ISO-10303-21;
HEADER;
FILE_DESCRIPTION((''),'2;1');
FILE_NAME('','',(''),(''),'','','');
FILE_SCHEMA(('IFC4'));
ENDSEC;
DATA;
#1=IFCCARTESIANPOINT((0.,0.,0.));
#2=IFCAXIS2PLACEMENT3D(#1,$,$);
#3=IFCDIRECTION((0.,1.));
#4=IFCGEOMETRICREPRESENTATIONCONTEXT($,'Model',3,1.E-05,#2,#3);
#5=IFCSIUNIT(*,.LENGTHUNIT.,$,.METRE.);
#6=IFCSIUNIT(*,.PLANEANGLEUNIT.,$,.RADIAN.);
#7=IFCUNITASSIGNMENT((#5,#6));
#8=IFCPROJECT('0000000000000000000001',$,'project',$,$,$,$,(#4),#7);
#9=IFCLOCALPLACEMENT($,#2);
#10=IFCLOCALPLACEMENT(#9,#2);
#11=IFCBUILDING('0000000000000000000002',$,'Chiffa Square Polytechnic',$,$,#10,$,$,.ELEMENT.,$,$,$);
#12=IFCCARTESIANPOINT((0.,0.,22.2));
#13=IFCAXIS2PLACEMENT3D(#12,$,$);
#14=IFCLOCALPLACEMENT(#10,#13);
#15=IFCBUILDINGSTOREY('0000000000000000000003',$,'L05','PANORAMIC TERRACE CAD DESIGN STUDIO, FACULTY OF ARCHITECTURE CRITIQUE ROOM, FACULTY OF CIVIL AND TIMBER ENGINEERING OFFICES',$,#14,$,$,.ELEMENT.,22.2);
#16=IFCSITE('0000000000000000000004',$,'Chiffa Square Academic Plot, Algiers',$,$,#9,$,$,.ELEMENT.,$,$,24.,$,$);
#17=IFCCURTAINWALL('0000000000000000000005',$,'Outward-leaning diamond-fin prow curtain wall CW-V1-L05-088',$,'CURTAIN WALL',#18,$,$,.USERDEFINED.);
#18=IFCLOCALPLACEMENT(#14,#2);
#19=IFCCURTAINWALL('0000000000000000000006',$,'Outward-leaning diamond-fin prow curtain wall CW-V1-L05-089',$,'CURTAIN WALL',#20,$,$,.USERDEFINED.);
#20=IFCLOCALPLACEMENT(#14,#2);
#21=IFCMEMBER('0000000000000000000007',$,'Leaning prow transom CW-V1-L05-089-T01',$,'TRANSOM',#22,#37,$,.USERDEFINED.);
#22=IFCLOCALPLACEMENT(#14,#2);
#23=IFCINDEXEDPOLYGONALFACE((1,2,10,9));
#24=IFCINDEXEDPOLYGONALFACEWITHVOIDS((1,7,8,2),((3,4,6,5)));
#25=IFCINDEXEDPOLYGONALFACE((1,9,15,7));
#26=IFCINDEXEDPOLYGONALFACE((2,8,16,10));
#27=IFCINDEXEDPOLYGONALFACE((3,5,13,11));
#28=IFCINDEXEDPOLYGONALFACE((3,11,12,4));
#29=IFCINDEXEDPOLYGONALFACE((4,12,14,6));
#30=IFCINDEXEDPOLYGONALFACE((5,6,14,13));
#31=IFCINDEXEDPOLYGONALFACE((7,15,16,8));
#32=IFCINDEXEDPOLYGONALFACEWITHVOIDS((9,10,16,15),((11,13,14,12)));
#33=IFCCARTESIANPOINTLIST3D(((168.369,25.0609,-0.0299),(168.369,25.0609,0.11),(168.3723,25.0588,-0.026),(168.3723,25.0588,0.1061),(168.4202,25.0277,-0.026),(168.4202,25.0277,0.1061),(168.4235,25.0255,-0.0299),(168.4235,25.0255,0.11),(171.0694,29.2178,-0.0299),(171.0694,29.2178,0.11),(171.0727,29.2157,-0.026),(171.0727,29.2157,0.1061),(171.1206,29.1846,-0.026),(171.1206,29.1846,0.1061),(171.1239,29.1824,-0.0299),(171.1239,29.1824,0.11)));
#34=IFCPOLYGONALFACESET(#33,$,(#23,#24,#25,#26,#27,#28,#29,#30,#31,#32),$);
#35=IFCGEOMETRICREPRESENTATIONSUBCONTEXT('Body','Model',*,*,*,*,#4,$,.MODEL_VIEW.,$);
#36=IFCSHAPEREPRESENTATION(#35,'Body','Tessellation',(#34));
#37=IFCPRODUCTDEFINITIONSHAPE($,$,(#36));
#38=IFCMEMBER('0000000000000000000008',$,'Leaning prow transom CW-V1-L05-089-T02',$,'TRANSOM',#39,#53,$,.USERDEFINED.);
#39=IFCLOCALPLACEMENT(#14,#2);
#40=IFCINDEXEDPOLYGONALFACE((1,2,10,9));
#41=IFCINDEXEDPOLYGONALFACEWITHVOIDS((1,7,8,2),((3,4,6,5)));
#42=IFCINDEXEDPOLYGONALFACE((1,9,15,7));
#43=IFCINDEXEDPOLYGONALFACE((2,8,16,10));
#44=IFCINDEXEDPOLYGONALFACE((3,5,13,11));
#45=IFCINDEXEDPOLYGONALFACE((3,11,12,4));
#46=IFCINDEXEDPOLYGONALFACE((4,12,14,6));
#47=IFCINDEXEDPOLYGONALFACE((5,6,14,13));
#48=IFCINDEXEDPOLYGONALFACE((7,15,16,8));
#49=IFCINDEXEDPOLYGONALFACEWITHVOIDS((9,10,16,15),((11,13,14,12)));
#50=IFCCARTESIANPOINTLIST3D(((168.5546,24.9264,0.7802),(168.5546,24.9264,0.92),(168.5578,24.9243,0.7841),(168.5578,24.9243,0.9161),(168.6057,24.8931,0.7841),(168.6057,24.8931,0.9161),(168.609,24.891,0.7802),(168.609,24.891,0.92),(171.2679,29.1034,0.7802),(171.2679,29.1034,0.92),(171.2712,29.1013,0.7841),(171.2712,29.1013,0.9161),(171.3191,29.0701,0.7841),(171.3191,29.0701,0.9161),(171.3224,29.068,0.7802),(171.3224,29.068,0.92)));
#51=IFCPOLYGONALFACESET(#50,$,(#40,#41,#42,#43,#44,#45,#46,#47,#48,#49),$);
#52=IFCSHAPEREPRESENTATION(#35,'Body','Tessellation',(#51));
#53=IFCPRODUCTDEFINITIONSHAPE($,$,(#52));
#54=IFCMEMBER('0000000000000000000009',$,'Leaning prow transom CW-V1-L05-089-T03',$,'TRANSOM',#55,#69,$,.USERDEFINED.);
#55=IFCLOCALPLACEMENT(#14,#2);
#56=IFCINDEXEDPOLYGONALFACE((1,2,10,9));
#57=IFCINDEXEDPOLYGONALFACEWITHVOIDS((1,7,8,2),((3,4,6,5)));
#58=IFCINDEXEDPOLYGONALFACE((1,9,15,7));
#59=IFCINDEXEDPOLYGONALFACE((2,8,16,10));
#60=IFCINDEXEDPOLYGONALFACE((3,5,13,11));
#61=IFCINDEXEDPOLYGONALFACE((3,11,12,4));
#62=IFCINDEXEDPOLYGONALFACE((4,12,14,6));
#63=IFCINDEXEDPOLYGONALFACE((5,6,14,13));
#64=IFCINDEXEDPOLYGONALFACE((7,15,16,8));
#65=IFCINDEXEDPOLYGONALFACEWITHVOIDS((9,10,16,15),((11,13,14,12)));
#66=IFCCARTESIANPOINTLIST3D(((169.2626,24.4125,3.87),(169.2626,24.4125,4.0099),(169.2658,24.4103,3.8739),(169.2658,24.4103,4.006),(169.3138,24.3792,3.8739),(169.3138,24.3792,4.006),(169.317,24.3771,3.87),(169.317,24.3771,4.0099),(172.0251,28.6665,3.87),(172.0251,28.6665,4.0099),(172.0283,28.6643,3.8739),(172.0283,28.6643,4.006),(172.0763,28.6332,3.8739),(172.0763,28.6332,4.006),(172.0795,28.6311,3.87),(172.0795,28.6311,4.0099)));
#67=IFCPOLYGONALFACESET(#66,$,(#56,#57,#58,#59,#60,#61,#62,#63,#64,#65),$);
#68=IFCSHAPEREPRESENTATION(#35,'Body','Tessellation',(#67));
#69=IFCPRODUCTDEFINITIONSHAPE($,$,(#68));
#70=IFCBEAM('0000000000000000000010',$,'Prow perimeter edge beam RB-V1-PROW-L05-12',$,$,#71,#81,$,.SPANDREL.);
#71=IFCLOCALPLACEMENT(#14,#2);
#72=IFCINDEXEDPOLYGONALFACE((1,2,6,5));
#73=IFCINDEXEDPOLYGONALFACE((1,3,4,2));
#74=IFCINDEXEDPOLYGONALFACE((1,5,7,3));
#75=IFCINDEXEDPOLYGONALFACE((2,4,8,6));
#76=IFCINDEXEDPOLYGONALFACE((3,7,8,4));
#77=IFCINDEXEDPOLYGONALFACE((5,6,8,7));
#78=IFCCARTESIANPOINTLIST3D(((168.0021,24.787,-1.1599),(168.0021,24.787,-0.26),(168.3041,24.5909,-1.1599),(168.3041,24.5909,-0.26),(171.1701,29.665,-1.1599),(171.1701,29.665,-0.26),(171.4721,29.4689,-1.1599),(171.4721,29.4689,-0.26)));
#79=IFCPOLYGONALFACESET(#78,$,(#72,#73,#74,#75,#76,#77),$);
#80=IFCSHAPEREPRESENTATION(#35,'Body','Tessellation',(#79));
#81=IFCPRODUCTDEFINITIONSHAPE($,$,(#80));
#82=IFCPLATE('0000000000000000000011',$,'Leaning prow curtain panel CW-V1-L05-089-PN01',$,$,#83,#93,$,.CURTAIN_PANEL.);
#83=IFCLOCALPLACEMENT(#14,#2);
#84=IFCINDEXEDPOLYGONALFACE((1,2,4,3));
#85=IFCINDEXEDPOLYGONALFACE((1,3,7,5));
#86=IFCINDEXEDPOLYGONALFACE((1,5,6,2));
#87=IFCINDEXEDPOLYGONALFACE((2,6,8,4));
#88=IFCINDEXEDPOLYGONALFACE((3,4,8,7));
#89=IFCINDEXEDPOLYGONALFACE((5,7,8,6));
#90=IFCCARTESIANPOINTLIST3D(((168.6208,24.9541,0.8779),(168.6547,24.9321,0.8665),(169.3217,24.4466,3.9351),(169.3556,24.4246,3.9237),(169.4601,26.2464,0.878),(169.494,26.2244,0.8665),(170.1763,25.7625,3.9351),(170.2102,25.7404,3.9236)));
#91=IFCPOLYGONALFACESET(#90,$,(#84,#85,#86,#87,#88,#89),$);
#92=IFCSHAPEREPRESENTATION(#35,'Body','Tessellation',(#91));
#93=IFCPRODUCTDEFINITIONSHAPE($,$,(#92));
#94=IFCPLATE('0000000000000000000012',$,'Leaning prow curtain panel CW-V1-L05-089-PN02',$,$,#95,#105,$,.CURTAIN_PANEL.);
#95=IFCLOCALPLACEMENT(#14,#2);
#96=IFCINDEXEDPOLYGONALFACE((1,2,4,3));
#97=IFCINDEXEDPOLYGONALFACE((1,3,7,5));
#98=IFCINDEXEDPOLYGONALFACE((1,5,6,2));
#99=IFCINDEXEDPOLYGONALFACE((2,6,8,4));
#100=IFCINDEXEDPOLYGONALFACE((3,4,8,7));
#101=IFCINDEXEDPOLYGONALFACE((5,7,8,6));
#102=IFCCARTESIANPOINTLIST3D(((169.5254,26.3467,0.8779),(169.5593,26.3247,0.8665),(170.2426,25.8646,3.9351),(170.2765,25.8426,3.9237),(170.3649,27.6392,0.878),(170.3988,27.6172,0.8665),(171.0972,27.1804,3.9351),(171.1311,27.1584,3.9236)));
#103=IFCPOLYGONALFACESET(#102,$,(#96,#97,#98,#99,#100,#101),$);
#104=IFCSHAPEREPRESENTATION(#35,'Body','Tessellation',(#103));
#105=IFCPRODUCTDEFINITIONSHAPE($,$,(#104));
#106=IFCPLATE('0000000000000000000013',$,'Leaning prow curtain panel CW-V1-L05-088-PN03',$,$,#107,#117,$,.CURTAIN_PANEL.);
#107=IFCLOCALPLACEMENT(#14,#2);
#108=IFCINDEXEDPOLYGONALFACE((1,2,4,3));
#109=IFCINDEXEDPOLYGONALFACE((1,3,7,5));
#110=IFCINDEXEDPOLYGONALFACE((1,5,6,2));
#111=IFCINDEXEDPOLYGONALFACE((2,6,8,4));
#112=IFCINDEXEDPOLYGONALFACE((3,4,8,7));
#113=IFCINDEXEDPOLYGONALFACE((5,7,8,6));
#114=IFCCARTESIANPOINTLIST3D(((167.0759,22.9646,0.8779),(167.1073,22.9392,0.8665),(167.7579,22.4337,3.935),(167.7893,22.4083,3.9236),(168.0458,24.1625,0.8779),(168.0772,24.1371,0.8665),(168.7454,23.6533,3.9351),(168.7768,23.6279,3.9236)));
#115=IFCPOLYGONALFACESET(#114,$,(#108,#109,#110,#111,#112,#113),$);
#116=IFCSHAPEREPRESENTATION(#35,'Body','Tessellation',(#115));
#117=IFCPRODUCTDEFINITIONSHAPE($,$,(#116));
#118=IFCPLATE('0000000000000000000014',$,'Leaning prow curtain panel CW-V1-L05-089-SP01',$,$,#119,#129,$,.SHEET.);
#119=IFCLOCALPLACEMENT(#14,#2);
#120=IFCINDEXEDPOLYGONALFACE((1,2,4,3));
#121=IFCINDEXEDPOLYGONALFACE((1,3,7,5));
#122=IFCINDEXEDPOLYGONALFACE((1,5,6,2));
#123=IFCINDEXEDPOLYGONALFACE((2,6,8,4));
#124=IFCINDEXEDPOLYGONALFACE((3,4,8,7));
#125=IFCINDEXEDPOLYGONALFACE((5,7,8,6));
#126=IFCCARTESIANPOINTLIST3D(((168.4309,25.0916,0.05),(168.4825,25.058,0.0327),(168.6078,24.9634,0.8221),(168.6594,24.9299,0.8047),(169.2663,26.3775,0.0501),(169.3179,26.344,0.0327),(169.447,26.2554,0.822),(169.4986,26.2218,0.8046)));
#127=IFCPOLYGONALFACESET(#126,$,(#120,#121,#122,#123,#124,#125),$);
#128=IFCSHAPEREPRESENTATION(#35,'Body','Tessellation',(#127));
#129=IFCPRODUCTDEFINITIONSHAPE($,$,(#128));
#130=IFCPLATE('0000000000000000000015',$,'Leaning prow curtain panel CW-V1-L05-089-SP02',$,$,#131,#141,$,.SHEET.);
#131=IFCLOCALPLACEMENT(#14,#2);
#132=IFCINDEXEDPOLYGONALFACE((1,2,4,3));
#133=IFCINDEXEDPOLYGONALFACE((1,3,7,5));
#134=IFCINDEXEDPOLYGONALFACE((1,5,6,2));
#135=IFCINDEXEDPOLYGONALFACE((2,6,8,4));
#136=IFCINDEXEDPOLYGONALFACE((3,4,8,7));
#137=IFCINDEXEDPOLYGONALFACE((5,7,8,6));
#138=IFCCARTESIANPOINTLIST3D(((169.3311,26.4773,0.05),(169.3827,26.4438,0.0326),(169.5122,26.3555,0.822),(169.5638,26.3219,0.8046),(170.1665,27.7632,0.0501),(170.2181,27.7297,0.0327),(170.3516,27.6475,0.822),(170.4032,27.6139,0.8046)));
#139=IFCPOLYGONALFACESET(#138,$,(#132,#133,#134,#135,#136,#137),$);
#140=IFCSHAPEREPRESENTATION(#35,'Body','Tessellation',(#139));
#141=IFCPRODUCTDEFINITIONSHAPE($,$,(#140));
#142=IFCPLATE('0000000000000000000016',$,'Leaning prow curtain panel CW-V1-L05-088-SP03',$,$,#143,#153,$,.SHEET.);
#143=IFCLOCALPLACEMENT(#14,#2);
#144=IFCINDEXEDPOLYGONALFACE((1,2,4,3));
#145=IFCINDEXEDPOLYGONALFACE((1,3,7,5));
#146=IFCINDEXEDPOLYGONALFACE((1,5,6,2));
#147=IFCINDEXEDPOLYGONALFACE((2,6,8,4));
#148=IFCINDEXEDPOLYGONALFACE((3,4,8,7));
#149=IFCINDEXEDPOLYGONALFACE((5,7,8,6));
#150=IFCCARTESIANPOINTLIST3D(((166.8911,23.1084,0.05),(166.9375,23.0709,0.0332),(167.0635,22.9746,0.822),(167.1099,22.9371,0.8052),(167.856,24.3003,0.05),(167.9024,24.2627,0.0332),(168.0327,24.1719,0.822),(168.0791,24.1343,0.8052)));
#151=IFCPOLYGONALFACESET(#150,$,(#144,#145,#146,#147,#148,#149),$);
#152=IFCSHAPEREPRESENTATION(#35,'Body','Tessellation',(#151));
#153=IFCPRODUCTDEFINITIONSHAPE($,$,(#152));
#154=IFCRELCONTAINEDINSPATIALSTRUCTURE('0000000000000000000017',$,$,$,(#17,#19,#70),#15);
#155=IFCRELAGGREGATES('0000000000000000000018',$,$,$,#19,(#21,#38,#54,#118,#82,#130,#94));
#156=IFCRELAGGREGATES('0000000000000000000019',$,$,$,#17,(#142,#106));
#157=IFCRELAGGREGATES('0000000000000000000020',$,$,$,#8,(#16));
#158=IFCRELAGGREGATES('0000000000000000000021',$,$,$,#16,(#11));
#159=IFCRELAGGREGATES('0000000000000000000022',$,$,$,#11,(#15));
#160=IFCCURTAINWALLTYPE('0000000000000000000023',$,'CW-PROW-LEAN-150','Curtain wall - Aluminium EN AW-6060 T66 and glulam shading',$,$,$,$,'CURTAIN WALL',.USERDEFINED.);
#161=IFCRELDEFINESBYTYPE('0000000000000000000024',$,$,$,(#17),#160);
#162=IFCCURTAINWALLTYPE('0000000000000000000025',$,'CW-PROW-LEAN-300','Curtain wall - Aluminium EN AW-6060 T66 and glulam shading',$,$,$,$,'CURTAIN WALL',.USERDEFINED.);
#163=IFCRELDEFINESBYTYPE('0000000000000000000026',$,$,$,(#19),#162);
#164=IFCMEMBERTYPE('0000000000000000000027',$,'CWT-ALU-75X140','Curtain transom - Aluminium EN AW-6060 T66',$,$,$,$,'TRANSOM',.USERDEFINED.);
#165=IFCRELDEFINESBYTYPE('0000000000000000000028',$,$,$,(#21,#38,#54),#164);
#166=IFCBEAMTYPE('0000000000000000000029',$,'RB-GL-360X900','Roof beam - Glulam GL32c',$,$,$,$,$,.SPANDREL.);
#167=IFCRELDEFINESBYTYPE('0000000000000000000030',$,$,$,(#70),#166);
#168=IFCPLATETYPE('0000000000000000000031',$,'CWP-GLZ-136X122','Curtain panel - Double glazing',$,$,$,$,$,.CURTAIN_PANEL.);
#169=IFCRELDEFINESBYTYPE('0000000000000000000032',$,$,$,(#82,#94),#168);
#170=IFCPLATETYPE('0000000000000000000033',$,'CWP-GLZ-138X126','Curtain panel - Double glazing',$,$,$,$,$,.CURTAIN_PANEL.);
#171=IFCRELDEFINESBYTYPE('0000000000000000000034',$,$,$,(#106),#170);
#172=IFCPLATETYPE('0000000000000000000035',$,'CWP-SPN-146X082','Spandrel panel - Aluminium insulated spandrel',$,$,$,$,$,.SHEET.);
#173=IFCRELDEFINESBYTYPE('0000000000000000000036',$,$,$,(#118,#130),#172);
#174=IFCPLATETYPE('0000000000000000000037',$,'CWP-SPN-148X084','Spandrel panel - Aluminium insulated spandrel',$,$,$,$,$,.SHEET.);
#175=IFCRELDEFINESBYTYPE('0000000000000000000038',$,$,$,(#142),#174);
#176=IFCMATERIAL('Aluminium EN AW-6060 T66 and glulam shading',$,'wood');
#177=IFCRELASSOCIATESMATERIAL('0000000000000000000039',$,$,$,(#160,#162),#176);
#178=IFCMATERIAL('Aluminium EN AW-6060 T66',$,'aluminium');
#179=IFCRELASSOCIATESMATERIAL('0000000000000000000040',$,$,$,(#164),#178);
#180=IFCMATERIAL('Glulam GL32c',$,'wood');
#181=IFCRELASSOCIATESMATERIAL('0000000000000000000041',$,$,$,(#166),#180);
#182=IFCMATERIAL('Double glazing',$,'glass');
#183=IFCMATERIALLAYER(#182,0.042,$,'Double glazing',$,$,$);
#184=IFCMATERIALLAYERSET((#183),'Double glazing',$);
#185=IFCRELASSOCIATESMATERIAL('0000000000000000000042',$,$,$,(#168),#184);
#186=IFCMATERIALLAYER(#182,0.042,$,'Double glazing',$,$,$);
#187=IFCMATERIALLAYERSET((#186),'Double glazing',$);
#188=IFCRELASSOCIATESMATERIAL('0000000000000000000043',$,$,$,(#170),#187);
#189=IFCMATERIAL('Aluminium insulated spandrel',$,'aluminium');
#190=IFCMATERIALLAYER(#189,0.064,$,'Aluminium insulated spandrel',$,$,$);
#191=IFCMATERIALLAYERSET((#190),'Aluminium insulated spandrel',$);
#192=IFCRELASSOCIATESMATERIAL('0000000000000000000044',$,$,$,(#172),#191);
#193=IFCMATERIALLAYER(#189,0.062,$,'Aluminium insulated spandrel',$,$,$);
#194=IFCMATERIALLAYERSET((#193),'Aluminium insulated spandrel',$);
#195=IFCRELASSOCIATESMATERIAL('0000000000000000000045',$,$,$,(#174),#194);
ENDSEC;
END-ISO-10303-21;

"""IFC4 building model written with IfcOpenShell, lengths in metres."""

from ifc_helpers import new_model, si_unit, direction, frame, origin, origin_2d, place, context, subcontext, project, spatial, polyline, rectangle, hollow_rectangle, outline, extrude, material, layer, layer_set, material_profile, profile_set, type_object, element, aggregate, save


model = new_model("IFC4")

# Units and contexts
model_context = context("Model", 3, precision=1e-05, world=origin(), true_north=direction((0.0, 1.0)))
body_context = subcontext(model_context, "Body", "Model", "MODEL_VIEW")
ifc_project = project(units=[si_unit("LENGTHUNIT", "METRE"), si_unit("PLANEANGLEUNIT", "RADIAN")], contexts=[model_context])

# Site, building, storey
site_placement = place(None, origin())
site = spatial("IfcSite", under=ifc_project, at=site_placement, Name="Chiffa Square Academic Plot, Algiers", CompositionType="ELEMENT", RefElevation=24.0)
building_placement = place(site_placement, origin())
building = spatial("IfcBuilding", under=site, at=building_placement, Name="Chiffa Square Polytechnic", CompositionType="ELEMENT")
storey_placement = place(building_placement, frame((0.0, 0.0, 22.2)))
storey = spatial("IfcBuildingStorey", under=building, at=storey_placement, Name="L05", Description="PANORAMIC TERRACE CAD DESIGN STUDIO, FACULTY OF ARCHITECTURE CRITIQUE ROOM, FACULTY OF CIVIL AND TIMBER ENGINEERING OFFICES", CompositionType="ELEMENT", Elevation=22.2)

# Shared definitions
ifc_material_1 = material(Name="Glulam GL32c", Category="wood")

# Curtain walls
ifc_material_2 = material(Name="Aluminium EN AW-6060 T66 and glulam shading", Category="wood")
curtain_wall_type_1 = type_object("IfcCurtainWallType", Name="CW-PROW-LEAN-150", Description="Curtain wall - Aluminium EN AW-6060 T66 and glulam shading", ElementType="CURTAIN WALL", PredefinedType="USERDEFINED", material=ifc_material_2)
curtain_wall_1_placement = place(storey_placement, origin())
curtain_wall_1 = element("IfcCurtainWall", 1, at=curtain_wall_1_placement, inside=storey, type_object=curtain_wall_type_1, Name="Outward-leaning diamond-fin prow curtain wall CW-V1-L05-088", ObjectType="CURTAIN WALL", PredefinedType="USERDEFINED")
ifc_material_3 = material(Name="Aluminium EN AW-6060 T66", Category="aluminium")
curtain_wall_type_2 = type_object("IfcCurtainWallType", Name="CW-PROW-LEAN-300", Description="Curtain wall - Aluminium EN AW-6060 T66 and glulam shading", ElementType="CURTAIN WALL", PredefinedType="USERDEFINED", material=ifc_material_2)
curtain_wall_2_placement = place(storey_placement, origin())
curtain_wall_2 = element("IfcCurtainWall", 2, at=curtain_wall_2_placement, inside=storey, type_object=curtain_wall_type_2, Name="Outward-leaning diamond-fin prow curtain wall CW-V1-L05-089", ObjectType="CURTAIN WALL", PredefinedType="USERDEFINED")

# Members
ifc_material_profile_1 = material_profile(ifc_material_3, hollow_rectangle(XDim=0.0649, YDim=0.1399, WallThickness=0.0039, at=origin_2d()), Name="ALU 65x140x4")
ifc_profile_set_1 = profile_set([ifc_material_profile_1], Name="Aluminium EN AW-6060 T66")
member_type_1 = type_object("IfcMemberType", Name="CWT-ALU-75X140", Description="Curtain transom - Aluminium EN AW-6060 T66", ElementType="TRANSOM", PredefinedType="USERDEFINED", material=ifc_profile_set_1)
member_1_placement = place(storey_placement, frame((168.3962, 25.0432, 0.04), z_axis=(0.544762, 0.838591, 0.0), x_axis=(-0.838591, 0.544762, 0.0)))
member_1 = element("IfcMember", 3, at=member_1_placement, type_object=member_type_1, Name="Leaning prow transom CW-V1-L05-089-T01", ObjectType="TRANSOM", PredefinedType="USERDEFINED", context=body_context, shape_type="SweptSolid", body=[
    extrude(hollow_rectangle(XDim=0.0649, YDim=0.1399, WallThickness=0.0039, at=origin_2d()), origin(), (0.0, 0.0, 1.0), 4.957),
])
member_2_placement = place(storey_placement, frame((168.5818, 24.9087, 0.8501), z_axis=(0.544752, 0.838597, 0.0), x_axis=(-0.838597, 0.544752, 0.0)))
member_2 = element("IfcMember", 4, at=member_2_placement, type_object=member_type_1, Name="Leaning prow transom CW-V1-L05-089-T02", ObjectType="TRANSOM", PredefinedType="USERDEFINED", context=body_context, shape_type="SweptSolid", body=[
    extrude(hollow_rectangle(XDim=0.0649, YDim=0.1399, WallThickness=0.0039, at=origin_2d()), origin(), (0.0, 0.0, 1.0), 4.981),
])
member_3_placement = place(storey_placement, frame((169.2898, 24.3948, 3.9399), z_axis=(0.54463, 0.838677, 0.0), x_axis=(-0.838677, 0.54463, 0.0)))
member_3 = element("IfcMember", 5, at=member_3_placement, type_object=member_type_1, Name="Leaning prow transom CW-V1-L05-089-T03", ObjectType="TRANSOM", PredefinedType="USERDEFINED", context=body_context, shape_type="SweptSolid", body=[
    extrude(hollow_rectangle(XDim=0.0649, YDim=0.1399, WallThickness=0.0039, at=origin_2d()), origin(), (0.0, 0.0, 1.0), 5.0723),
])

# Beam
ifc_material_profile_2 = material_profile(ifc_material_1, rectangle(XDim=0.3601, YDim=0.8999, at=origin_2d()), Name="GL32c 360x900")
ifc_profile_set_2 = profile_set([ifc_material_profile_2], Name="Glulam GL32c")
beam_type = type_object("IfcBeamType", Name="RB-GL-360X900", Description="Roof beam - Glulam GL32c", PredefinedType="SPANDREL", material=ifc_profile_set_2)
beam_placement = place(storey_placement, frame((168.1531, 24.689, -0.71), z_axis=(0.544664, 0.838655, 0.0), x_axis=(-0.838655, 0.544664, 0.0)))
element("IfcBeam", 6, at=beam_placement, inside=storey, type_object=beam_type, Name="Prow perimeter edge beam RB-V1-PROW-L05-12", PredefinedType="SPANDREL", context=body_context, shape_type="SweptSolid", body=[
    extrude(rectangle(XDim=0.3601, YDim=0.8999, at=origin_2d()), origin(), (0.0, 0.0, 1.0), 5.8164),
])

# Plates
ifc_material_4 = material(Name="Double glazing", Category="glass")
ifc_layer_1 = layer(ifc_material_4, 0.042, Name="Double glazing")
ifc_layer_set_1 = layer_set([ifc_layer_1], Name="Double glazing")
plate_type_1 = type_object("IfcPlateType", Name="CWP-GLZ-136X122", Description="Curtain panel - Double glazing", PredefinedType="CURTAIN_PANEL", material=ifc_layer_set_1)
plate_1_placement = place(storey_placement, frame((168.6208, 24.9541, 0.8779), z_axis=(-0.807033, 0.524122, 0.27202), x_axis=(0.544664, 0.838654, 0.000017)))
plate_1 = element("IfcPlate", 7, at=plate_1_placement, type_object=plate_type_1, Name="Leaning prow curtain panel CW-V1-L05-089-PN01", PredefinedType="CURTAIN_PANEL", context=body_context, shape_type="SweptSolid", body=[
    extrude(outline(polyline([(0.0, 0.0), (1.5409, 0.0), (1.5252, -3.1769), (-0.0439, -3.177), (0.0, 0.0)])), origin(), (0.0, 0.0, -1.0), 0.042),
])
plate_2_placement = place(storey_placement, frame((169.5254, 26.3467, 0.8779), z_axis=(-0.807031, 0.524147, 0.271977), x_axis=(0.544685, 0.838641, 0.000023)))
plate_2 = element("IfcPlate", 8, at=plate_2_placement, type_object=plate_type_1, Name="Leaning prow curtain panel CW-V1-L05-089-PN02", PredefinedType="CURTAIN_PANEL", context=body_context, shape_type="SweptSolid", body=[
    extrude(outline(polyline([(0.0, 0.0), (1.5412, 0.0), (1.5554, -3.1768), (-0.0136, -3.1769), (0.0, 0.0)])), origin(), (0.0, 0.0, -1.0), 0.042),
])
ifc_layer_2 = layer(ifc_material_4, 0.042, Name="Double glazing")
ifc_layer_set_2 = layer_set([ifc_layer_2], Name="Double glazing")
plate_type_2 = type_object("IfcPlateType", Name="CWP-GLZ-138X126", Description="Curtain panel - Double glazing", PredefinedType="CURTAIN_PANEL", material=ifc_layer_set_2)
plate_3_placement = place(storey_placement, frame((167.0759, 22.9646, 0.8779), z_axis=(-0.747901, 0.605526, 0.271998), x_axis=(0.629244, 0.777208, -0.000028)))
plate_3 = element("IfcPlate", 9, at=plate_3_placement, type_object=plate_type_2, Name="Leaning prow curtain panel CW-V1-L05-088-PN03", PredefinedType="CURTAIN_PANEL", context=body_context, shape_type="SweptSolid", body=[
    extrude(outline(polyline([(0.0, 0.0), (1.5413, 0.0), (1.5857, -3.177), (0.0165, -3.1769), (0.0, 0.0)])), origin(), (0.0, 0.0, -1.0), 0.042),
])
ifc_material_5 = material(Name="Aluminium insulated spandrel", Category="aluminium")
ifc_layer_3 = layer(ifc_material_5, 0.064, Name="Aluminium insulated spandrel")
ifc_layer_set_3 = layer_set([ifc_layer_3], Name="Aluminium insulated spandrel")
plate_type_3 = type_object("IfcPlateType", Name="CWP-SPN-146X082", Description="Spandrel panel - Aluminium insulated spandrel", PredefinedType="SHEET", material=ifc_layer_set_3)
plate_4_placement = place(storey_placement, frame((168.4309, 25.0916, 0.05), z_axis=(-0.807004, 0.52422, 0.271914), x_axis=(0.544751, 0.838598, 0.000022)))
plate_4 = element("IfcPlate", 10, at=plate_4_placement, type_object=plate_type_3, Name="Leaning prow curtain panel CW-V1-L05-089-SP01", PredefinedType="SHEET", context=body_context, shape_type="SweptSolid", body=[
    extrude(outline(polyline([(0.0, 0.0), (1.5335, 0.0), (1.5295, -0.8022), (-0.011, -0.8022), (0.0, 0.0)])), origin(), (0.0, 0.0, -1.0), 0.064),
])
plate_5_placement = place(storey_placement, frame((169.3311, 26.4773, 0.05), z_axis=(-0.806935, 0.524252, 0.272059), x_axis=(0.544802, 0.838565, 0.000004)))
plate_5 = element("IfcPlate", 11, at=plate_5_placement, type_object=plate_type_3, Name="Leaning prow curtain panel CW-V1-L05-089-SP02", PredefinedType="SHEET", context=body_context, shape_type="SweptSolid", body=[
    extrude(outline(polyline([(0.0, 0.0), (1.5335, 0.0), (1.5372, -0.8022), (-0.0035, -0.8022), (0.0, 0.0)])), origin(), (0.0, 0.0, -1.0), 0.064),
])
aggregate(curtain_wall_2, [member_1, member_2, member_3, plate_4, plate_1, plate_5, plate_2])
ifc_layer_4 = layer(ifc_material_5, 0.062, Name="Aluminium insulated spandrel")
ifc_layer_set_4 = layer_set([ifc_layer_4], Name="Aluminium insulated spandrel")
plate_type_4 = type_object("IfcPlateType", Name="CWP-SPN-148X084", Description="Spandrel panel - Aluminium insulated spandrel", PredefinedType="SHEET", material=ifc_layer_set_4)
plate_6_placement = place(storey_placement, frame((166.8911, 23.1084, 0.05), z_axis=(-0.74795, 0.605483, 0.271957), x_axis=(0.629198, 0.777245, -0.000003)))
plate_6 = element("IfcPlate", 12, at=plate_6_placement, type_object=plate_type_4, Name="Leaning prow curtain panel CW-V1-L05-088-SP03", PredefinedType="SHEET", context=body_context, shape_type="SweptSolid", body=[
    extrude(outline(polyline([(0.0, 0.0), (1.5335, 0.0), (1.5449, -0.8022), (0.0045, -0.8022), (0.0, 0.0)])), origin(), (0.0, 0.0, -1.0), 0.062),
])
aggregate(curtain_wall_1, [plate_6, plate_3])

save(model, "model.ifc")
